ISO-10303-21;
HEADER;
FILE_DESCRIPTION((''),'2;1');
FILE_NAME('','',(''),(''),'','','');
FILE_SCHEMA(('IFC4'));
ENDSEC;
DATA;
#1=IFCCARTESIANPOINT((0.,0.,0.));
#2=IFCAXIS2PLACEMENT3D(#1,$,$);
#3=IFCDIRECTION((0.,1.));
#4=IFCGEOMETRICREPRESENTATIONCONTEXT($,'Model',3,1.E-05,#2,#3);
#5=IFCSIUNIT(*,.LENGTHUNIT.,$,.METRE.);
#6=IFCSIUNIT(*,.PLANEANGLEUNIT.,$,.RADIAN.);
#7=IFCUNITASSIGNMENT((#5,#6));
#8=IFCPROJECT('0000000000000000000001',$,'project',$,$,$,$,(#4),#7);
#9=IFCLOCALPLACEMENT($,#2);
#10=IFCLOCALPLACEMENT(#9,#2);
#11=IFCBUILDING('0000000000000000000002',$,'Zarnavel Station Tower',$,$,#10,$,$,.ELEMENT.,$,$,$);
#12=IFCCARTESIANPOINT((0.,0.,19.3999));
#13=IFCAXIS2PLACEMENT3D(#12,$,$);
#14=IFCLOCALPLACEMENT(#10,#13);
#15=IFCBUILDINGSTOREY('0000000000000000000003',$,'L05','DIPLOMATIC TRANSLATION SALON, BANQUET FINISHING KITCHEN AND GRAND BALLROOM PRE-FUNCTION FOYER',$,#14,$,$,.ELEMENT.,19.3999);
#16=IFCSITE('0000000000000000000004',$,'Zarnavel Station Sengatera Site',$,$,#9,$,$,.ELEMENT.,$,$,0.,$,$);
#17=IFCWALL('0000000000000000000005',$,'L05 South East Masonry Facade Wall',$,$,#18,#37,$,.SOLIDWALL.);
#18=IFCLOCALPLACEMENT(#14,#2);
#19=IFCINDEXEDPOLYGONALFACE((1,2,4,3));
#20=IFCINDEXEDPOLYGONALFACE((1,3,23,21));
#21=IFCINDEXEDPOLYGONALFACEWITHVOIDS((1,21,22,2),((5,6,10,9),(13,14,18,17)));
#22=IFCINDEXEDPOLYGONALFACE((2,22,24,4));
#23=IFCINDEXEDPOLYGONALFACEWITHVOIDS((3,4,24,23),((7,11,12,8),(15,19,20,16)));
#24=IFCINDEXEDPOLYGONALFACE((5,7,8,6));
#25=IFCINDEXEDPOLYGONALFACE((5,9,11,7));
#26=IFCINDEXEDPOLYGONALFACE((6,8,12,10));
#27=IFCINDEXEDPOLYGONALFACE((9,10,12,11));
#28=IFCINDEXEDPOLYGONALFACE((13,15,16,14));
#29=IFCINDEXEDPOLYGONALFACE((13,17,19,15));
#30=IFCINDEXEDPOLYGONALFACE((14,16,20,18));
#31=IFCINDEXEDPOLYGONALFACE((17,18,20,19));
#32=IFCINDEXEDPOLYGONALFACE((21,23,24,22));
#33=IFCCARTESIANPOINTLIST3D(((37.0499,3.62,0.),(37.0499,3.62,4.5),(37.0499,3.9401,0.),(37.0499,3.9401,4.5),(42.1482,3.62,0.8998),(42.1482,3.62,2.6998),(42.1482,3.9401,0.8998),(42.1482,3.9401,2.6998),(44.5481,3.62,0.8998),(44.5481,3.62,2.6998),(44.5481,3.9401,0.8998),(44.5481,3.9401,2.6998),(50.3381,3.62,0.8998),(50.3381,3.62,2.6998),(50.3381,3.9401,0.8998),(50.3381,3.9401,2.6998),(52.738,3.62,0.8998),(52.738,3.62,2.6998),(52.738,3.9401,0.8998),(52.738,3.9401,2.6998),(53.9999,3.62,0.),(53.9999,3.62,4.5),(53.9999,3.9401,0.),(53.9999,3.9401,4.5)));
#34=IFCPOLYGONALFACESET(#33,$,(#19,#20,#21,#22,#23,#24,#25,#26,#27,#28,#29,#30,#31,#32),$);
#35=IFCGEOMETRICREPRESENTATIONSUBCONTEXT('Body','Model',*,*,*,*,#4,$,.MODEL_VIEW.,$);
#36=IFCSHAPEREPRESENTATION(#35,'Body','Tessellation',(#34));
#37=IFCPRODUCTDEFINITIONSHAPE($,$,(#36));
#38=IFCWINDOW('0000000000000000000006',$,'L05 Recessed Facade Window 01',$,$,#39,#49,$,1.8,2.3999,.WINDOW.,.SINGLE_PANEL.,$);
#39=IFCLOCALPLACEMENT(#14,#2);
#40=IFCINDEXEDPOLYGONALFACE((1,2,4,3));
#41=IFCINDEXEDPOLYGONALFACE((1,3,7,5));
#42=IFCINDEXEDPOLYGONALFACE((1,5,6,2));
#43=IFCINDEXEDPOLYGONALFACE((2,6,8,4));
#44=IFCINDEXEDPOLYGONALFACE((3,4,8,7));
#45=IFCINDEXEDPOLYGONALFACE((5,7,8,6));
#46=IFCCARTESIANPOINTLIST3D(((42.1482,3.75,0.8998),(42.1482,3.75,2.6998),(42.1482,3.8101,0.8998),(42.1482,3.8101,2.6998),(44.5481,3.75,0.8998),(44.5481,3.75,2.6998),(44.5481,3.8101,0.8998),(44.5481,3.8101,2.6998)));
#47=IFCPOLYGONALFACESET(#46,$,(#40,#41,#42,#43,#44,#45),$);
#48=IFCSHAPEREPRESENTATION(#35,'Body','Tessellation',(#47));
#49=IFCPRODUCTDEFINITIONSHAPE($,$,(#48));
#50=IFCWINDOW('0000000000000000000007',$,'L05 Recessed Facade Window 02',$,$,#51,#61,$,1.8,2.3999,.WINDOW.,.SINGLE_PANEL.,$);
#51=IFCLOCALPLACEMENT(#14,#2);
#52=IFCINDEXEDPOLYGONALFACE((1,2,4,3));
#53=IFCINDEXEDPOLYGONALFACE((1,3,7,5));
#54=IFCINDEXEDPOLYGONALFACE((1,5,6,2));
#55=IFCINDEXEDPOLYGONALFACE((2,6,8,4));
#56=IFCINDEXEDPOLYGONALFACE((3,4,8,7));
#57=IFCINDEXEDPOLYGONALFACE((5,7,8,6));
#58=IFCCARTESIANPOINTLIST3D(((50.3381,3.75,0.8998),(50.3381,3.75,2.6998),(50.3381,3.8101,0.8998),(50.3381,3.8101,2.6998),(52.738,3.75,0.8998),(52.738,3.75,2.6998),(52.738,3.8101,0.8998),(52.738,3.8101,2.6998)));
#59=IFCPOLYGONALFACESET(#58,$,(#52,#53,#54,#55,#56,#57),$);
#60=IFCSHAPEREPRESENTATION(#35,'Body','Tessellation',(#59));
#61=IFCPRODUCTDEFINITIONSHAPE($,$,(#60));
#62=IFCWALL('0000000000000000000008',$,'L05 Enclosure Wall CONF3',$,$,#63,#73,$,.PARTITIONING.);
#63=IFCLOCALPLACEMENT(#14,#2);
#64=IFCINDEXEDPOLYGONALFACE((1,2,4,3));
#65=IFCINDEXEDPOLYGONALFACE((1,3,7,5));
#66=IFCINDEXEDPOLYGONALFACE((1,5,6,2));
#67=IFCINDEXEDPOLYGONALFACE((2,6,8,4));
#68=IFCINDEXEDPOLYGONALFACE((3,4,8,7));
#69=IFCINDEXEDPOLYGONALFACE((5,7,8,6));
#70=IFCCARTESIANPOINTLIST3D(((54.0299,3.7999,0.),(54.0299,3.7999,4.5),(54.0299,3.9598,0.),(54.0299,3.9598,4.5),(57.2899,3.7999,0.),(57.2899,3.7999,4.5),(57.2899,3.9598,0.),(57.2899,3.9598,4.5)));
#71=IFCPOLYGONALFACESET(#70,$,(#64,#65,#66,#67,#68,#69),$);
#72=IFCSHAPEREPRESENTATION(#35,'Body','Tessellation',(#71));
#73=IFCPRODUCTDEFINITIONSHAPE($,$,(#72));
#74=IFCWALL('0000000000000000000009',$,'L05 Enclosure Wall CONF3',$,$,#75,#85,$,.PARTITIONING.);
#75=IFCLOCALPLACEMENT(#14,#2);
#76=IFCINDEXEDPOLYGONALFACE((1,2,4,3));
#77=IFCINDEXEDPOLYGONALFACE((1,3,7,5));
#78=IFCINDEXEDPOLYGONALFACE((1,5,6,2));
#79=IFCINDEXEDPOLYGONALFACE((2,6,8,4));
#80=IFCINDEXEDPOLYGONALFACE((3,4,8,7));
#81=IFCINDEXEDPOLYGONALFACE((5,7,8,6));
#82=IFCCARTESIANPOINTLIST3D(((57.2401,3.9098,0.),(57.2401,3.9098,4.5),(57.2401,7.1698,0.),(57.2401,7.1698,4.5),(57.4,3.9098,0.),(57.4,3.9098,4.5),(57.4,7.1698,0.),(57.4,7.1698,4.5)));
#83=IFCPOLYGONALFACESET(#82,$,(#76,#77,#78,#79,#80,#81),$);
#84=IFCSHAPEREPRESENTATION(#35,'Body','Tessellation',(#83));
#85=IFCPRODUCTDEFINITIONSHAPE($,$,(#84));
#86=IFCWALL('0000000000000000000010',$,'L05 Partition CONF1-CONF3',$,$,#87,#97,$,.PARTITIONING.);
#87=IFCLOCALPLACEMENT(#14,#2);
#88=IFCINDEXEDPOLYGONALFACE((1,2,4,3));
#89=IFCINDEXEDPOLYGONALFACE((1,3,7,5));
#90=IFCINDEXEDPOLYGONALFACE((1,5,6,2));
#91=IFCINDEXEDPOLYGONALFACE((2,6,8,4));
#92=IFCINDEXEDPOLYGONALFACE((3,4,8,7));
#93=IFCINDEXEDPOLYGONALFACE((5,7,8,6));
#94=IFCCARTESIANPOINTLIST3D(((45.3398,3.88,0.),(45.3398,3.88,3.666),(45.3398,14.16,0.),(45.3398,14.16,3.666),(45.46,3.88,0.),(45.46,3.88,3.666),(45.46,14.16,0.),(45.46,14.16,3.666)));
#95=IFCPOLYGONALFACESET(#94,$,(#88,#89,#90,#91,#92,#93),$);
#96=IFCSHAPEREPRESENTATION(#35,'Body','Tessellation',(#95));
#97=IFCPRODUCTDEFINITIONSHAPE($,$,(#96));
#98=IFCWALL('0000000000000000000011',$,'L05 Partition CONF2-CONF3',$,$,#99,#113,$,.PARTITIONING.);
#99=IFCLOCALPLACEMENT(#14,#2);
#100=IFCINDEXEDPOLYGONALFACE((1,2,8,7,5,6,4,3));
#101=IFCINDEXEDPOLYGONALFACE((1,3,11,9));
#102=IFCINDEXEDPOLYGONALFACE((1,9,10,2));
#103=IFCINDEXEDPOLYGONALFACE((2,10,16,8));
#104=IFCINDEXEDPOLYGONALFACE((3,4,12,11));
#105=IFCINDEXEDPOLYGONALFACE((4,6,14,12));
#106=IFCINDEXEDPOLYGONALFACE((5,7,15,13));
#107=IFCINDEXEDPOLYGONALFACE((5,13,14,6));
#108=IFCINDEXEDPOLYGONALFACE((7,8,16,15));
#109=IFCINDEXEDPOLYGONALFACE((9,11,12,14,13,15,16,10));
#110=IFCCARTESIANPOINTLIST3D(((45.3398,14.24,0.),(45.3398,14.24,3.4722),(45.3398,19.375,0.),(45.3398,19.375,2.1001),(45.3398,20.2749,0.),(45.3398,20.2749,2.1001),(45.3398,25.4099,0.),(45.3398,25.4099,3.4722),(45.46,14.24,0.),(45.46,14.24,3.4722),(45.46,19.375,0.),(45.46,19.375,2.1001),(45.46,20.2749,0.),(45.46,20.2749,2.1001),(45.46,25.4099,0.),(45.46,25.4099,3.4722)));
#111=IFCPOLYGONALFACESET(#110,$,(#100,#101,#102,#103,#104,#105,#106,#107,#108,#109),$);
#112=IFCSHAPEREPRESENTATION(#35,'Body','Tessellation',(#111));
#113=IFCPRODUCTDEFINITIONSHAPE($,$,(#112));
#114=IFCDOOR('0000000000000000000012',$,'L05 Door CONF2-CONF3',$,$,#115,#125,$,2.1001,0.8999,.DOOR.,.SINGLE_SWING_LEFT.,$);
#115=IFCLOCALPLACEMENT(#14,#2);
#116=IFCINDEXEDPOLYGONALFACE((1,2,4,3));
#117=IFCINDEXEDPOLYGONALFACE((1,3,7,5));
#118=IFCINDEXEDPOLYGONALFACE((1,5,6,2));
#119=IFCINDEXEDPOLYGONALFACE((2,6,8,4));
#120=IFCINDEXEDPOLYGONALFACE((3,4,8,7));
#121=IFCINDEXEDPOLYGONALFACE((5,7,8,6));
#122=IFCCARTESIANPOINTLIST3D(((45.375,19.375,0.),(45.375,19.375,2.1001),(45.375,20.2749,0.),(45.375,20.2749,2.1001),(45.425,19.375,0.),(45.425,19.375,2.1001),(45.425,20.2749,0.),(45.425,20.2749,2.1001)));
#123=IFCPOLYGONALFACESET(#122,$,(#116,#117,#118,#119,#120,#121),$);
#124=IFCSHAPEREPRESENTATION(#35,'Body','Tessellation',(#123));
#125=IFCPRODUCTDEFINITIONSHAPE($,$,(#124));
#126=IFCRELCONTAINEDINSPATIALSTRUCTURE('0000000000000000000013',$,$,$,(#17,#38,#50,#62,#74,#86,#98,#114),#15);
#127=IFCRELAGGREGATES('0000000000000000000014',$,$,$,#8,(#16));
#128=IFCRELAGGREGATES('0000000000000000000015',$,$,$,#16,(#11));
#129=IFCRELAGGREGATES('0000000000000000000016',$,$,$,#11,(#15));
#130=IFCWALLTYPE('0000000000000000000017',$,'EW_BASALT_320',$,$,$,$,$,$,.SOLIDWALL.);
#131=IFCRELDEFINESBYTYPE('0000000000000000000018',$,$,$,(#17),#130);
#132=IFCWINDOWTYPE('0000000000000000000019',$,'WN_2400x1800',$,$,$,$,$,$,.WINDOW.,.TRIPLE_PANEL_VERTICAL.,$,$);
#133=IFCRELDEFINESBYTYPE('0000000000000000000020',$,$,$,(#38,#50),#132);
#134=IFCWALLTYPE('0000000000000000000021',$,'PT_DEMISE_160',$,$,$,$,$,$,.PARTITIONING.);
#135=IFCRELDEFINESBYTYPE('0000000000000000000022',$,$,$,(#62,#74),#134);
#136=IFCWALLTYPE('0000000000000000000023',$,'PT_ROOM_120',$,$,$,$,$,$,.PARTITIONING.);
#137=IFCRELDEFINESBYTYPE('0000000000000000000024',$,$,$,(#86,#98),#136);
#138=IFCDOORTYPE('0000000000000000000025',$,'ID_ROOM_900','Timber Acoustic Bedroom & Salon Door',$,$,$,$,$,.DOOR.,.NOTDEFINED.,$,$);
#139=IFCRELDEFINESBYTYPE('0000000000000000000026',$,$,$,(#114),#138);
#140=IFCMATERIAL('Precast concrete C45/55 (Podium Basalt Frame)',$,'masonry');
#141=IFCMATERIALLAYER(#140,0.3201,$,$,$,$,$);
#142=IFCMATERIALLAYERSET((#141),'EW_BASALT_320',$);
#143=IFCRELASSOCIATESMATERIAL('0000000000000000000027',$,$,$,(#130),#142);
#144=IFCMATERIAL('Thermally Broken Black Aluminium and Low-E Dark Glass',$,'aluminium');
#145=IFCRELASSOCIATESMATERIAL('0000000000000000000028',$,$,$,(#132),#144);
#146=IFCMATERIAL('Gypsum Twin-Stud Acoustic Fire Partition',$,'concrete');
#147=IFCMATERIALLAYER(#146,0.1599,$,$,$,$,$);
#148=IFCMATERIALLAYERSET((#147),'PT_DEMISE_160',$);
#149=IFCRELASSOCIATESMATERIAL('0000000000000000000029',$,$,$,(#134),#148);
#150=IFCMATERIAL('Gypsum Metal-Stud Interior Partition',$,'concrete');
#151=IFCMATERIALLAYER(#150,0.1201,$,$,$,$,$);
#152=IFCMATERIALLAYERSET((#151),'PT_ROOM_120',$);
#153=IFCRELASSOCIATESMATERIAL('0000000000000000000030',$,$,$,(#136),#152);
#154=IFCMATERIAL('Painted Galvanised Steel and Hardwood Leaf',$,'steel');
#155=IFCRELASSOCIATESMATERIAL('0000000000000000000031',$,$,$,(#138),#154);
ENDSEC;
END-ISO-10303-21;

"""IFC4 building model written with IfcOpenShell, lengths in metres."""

from ifc_helpers import new_model, si_unit, direction, frame, frame_2d, origin, place, context, subcontext, project, spatial, rectangle, extrude, material, layer, layer_set, type_object, element, fill, save


model = new_model("IFC4")

# Units and contexts
model_context = context("Model", 3, precision=1e-05, world=origin(), true_north=direction((0.0, 1.0)))
body_context = subcontext(model_context, "Body", "Model", "MODEL_VIEW")
ifc_project = project(units=[si_unit("LENGTHUNIT", "METRE"), si_unit("PLANEANGLEUNIT", "RADIAN")], contexts=[model_context])

# Site, building, storey
site_placement = place(None, origin())
site = spatial("IfcSite", under=ifc_project, at=site_placement, Name="Zarnavel Station Sengatera Site", CompositionType="ELEMENT", RefElevation=0.0)
building_placement = place(site_placement, origin())
building = spatial("IfcBuilding", under=site, at=building_placement, Name="Zarnavel Station Tower", CompositionType="ELEMENT")
storey_placement = place(building_placement, frame((0.0, 0.0, 19.3999)))
storey = spatial("IfcBuildingStorey", under=building, at=storey_placement, Name="L05", Description="DIPLOMATIC TRANSLATION SALON, BANQUET FINISHING KITCHEN AND GRAND BALLROOM PRE-FUNCTION FOYER", CompositionType="ELEMENT", Elevation=19.3999)

# Shared definitions
ifc_material_1 = material(Name="Precast concrete C45/55 (Podium Basalt Frame)", Category="masonry")
ifc_layer_1 = layer(ifc_material_1, 0.3201)
ifc_layer_set_1 = layer_set([ifc_layer_1], Name="EW_BASALT_320")
wall_type_1 = type_object("IfcWallType", Name="EW_BASALT_320", PredefinedType="SOLIDWALL", material=ifc_layer_set_1)

# Wall, openings, windows
wall_1_placement = place(storey_placement, frame((54.0, 3.78, 0.0), z_axis=(0.0, 0.0, 1.0), x_axis=(-1.0, 0.0, 0.0)))
wall_1 = element("IfcWall", 1, at=wall_1_placement, inside=storey, type_object=wall_type_1, Name="L05 South East Masonry Facade Wall", PredefinedType="SOLIDWALL", context=body_context, shape_type="SweptSolid", body=[
    extrude(rectangle(XDim=16.95, YDim=0.3201, at=frame_2d((8.4751, 0.0))), origin(), (0.0, 0.0, 1.0), 4.5),
])
opening_1_placement = place(wall_1_placement, frame((9.4519, 0.0, 0.8999)))
opening_1 = element("IfcOpeningElement", 2, at=opening_1_placement, cuts=wall_1, PredefinedType="OPENING", context=body_context, shape_type="SweptSolid", body=[
    extrude(rectangle(XDim=2.3999, YDim=1.8, at=frame_2d((1.2, 0.8999))), frame((0.0, 0.1699, 0.0), z_axis=(0.0, -1.0, 0.0), x_axis=(1.0, 0.0, 0.0)), (0.0, 0.0, 1.0), 0.3401),
])
opening_2_placement = place(wall_1_placement, frame((1.262, 0.0, 0.8999)))
opening_2 = element("IfcOpeningElement", 3, at=opening_2_placement, cuts=wall_1, PredefinedType="OPENING", context=body_context, shape_type="SweptSolid", body=[
    extrude(rectangle(XDim=2.3999, YDim=1.8, at=frame_2d((1.2, 0.8999))), frame((0.0, 0.1699, 0.0), z_axis=(0.0, -1.0, 0.0), x_axis=(1.0, 0.0, 0.0)), (0.0, 0.0, 1.0), 0.3401),
])
ifc_material_2 = material(Name="Thermally Broken Black Aluminium and Low-E Dark Glass", Category="aluminium")
window_type = type_object("IfcWindowType", Name="WN_2400x1800", PartitioningType="TRIPLE_PANEL_VERTICAL", PredefinedType="WINDOW", material=ifc_material_2)
window_1_placement = place(opening_1_placement, origin())
window_1 = element("IfcWindow", 4, at=window_1_placement, inside=storey, type_object=window_type, Name="L05 Recessed Facade Window 01", OverallHeight=1.8, OverallWidth=2.3999, PartitioningType="SINGLE_PANEL", PredefinedType="WINDOW", context=body_context, shape_type="SweptSolid", body=[
    extrude(rectangle(XDim=2.3999, YDim=1.8, at=frame_2d((1.2, 0.8999))), frame((0.0, 0.03, 0.0), z_axis=(0.0, -1.0, 0.0), x_axis=(1.0, 0.0, 0.0)), (0.0, 0.0, 1.0), 0.0601),
])
fill(opening_1, window_1)
window_2_placement = place(opening_2_placement, origin())
window_2 = element("IfcWindow", 5, at=window_2_placement, inside=storey, type_object=window_type, Name="L05 Recessed Facade Window 02", OverallHeight=1.8, OverallWidth=2.3999, PartitioningType="SINGLE_PANEL", PredefinedType="WINDOW", context=body_context, shape_type="SweptSolid", body=[
    extrude(rectangle(XDim=2.3999, YDim=1.8, at=frame_2d((1.2, 0.8999))), frame((0.0, 0.03, 0.0), z_axis=(0.0, -1.0, 0.0), x_axis=(1.0, 0.0, 0.0)), (0.0, 0.0, 1.0), 0.0601),
])
fill(opening_2, window_2)

# Walls
ifc_material_3 = material(Name="Gypsum Twin-Stud Acoustic Fire Partition", Category="concrete")
ifc_layer_2 = layer(ifc_material_3, 0.1599)
ifc_layer_set_2 = layer_set([ifc_layer_2], Name="PT_DEMISE_160")
wall_type_2 = type_object("IfcWallType", Name="PT_DEMISE_160", PredefinedType="PARTITIONING", material=ifc_layer_set_2)
for number, where, z_axis, x_axis, name in (
    (6, (54.03, 3.8799, 0.0), (0.0, 0.0, 1.0), (1.0, 0.0, 0.0), "L05 Enclosure Wall CONF3"),
    (7, (57.3201, 3.9099, 0.0), (0.0, 0.0, 1.0), (0.0, 1.0, 0.0), "L05 Enclosure Wall CONF3"),
):
    element("IfcWall", number, at=place(storey_placement, frame(where, z_axis=z_axis, x_axis=x_axis)), inside=storey, type_object=wall_type_2, Name=name, PredefinedType="PARTITIONING", context=body_context, shape_type="SweptSolid", body=[
        extrude(rectangle(XDim=3.26, YDim=0.1599, at=frame_2d((1.6299, 0.0))), origin(), (0.0, 0.0, 1.0), 4.5),
    ])
ifc_material_4 = material(Name="Gypsum Metal-Stud Interior Partition", Category="concrete")
ifc_layer_3 = layer(ifc_material_4, 0.1201)
ifc_layer_set_3 = layer_set([ifc_layer_3], Name="PT_ROOM_120")
wall_type_3 = type_object("IfcWallType", Name="PT_ROOM_120", PredefinedType="PARTITIONING", material=ifc_layer_set_3)
wall_2_placement = place(storey_placement, frame((45.3999, 3.8799, 0.0), z_axis=(0.0, 0.0, 1.0), x_axis=(0.0, 1.0, 0.0)))
element("IfcWall", 8, at=wall_2_placement, inside=storey, type_object=wall_type_3, Name="L05 Partition CONF1-CONF3", PredefinedType="PARTITIONING", context=body_context, shape_type="SweptSolid", body=[
    extrude(rectangle(XDim=10.28, YDim=0.1201, at=frame_2d((5.1401, 0.0))), origin(), (0.0, 0.0, 1.0), 3.666),
])

# Wall, opening, door
wall_3_placement = place(storey_placement, frame((45.3999, 14.24, 0.0), z_axis=(0.0, 0.0, 1.0), x_axis=(0.0, 1.0, 0.0)))
wall_3 = element("IfcWall", 9, at=wall_3_placement, inside=storey, type_object=wall_type_3, Name="L05 Partition CONF2-CONF3", PredefinedType="PARTITIONING", context=body_context, shape_type="SweptSolid", body=[
    extrude(rectangle(XDim=11.1699, YDim=0.1201, at=frame_2d((5.585, 0.0))), origin(), (0.0, 0.0, 1.0), 3.4722),
])
opening_3_placement = place(wall_3_placement, frame((5.135, 0.0, 0.0)))
opening_3 = element("IfcOpeningElement", 10, at=opening_3_placement, cuts=wall_3, PredefinedType="OPENING", context=body_context, shape_type="SweptSolid", body=[
    extrude(rectangle(XDim=0.8999, YDim=2.1001, at=frame_2d((0.45, 1.05))), frame((0.0, 0.0701, 0.0), z_axis=(0.0, -1.0, 0.0), x_axis=(1.0, 0.0, 0.0)), (0.0, 0.0, 1.0), 0.1401),
])
ifc_material_5 = material(Name="Painted Galvanised Steel and Hardwood Leaf", Category="steel")
door_type = type_object("IfcDoorType", Name="ID_ROOM_900", Description="Timber Acoustic Bedroom & Salon Door", OperationType="NOTDEFINED", PredefinedType="DOOR", material=ifc_material_5)
door_placement = place(opening_3_placement, origin())
door = element("IfcDoor", 11, at=door_placement, inside=storey, type_object=door_type, Name="L05 Door CONF2-CONF3", OperationType="SINGLE_SWING_LEFT", OverallHeight=2.1001, OverallWidth=0.8999, PredefinedType="DOOR", context=body_context, shape_type="SweptSolid", body=[
    extrude(rectangle(XDim=0.8999, YDim=2.1001, at=frame_2d((0.45, 1.05))), frame((0.0, 0.0249, 0.0), z_axis=(0.0, -1.0, 0.0), x_axis=(1.0, 0.0, 0.0)), (0.0, 0.0, 1.0), 0.05),
])
fill(opening_3, door)

save(model, "model.ifc")
